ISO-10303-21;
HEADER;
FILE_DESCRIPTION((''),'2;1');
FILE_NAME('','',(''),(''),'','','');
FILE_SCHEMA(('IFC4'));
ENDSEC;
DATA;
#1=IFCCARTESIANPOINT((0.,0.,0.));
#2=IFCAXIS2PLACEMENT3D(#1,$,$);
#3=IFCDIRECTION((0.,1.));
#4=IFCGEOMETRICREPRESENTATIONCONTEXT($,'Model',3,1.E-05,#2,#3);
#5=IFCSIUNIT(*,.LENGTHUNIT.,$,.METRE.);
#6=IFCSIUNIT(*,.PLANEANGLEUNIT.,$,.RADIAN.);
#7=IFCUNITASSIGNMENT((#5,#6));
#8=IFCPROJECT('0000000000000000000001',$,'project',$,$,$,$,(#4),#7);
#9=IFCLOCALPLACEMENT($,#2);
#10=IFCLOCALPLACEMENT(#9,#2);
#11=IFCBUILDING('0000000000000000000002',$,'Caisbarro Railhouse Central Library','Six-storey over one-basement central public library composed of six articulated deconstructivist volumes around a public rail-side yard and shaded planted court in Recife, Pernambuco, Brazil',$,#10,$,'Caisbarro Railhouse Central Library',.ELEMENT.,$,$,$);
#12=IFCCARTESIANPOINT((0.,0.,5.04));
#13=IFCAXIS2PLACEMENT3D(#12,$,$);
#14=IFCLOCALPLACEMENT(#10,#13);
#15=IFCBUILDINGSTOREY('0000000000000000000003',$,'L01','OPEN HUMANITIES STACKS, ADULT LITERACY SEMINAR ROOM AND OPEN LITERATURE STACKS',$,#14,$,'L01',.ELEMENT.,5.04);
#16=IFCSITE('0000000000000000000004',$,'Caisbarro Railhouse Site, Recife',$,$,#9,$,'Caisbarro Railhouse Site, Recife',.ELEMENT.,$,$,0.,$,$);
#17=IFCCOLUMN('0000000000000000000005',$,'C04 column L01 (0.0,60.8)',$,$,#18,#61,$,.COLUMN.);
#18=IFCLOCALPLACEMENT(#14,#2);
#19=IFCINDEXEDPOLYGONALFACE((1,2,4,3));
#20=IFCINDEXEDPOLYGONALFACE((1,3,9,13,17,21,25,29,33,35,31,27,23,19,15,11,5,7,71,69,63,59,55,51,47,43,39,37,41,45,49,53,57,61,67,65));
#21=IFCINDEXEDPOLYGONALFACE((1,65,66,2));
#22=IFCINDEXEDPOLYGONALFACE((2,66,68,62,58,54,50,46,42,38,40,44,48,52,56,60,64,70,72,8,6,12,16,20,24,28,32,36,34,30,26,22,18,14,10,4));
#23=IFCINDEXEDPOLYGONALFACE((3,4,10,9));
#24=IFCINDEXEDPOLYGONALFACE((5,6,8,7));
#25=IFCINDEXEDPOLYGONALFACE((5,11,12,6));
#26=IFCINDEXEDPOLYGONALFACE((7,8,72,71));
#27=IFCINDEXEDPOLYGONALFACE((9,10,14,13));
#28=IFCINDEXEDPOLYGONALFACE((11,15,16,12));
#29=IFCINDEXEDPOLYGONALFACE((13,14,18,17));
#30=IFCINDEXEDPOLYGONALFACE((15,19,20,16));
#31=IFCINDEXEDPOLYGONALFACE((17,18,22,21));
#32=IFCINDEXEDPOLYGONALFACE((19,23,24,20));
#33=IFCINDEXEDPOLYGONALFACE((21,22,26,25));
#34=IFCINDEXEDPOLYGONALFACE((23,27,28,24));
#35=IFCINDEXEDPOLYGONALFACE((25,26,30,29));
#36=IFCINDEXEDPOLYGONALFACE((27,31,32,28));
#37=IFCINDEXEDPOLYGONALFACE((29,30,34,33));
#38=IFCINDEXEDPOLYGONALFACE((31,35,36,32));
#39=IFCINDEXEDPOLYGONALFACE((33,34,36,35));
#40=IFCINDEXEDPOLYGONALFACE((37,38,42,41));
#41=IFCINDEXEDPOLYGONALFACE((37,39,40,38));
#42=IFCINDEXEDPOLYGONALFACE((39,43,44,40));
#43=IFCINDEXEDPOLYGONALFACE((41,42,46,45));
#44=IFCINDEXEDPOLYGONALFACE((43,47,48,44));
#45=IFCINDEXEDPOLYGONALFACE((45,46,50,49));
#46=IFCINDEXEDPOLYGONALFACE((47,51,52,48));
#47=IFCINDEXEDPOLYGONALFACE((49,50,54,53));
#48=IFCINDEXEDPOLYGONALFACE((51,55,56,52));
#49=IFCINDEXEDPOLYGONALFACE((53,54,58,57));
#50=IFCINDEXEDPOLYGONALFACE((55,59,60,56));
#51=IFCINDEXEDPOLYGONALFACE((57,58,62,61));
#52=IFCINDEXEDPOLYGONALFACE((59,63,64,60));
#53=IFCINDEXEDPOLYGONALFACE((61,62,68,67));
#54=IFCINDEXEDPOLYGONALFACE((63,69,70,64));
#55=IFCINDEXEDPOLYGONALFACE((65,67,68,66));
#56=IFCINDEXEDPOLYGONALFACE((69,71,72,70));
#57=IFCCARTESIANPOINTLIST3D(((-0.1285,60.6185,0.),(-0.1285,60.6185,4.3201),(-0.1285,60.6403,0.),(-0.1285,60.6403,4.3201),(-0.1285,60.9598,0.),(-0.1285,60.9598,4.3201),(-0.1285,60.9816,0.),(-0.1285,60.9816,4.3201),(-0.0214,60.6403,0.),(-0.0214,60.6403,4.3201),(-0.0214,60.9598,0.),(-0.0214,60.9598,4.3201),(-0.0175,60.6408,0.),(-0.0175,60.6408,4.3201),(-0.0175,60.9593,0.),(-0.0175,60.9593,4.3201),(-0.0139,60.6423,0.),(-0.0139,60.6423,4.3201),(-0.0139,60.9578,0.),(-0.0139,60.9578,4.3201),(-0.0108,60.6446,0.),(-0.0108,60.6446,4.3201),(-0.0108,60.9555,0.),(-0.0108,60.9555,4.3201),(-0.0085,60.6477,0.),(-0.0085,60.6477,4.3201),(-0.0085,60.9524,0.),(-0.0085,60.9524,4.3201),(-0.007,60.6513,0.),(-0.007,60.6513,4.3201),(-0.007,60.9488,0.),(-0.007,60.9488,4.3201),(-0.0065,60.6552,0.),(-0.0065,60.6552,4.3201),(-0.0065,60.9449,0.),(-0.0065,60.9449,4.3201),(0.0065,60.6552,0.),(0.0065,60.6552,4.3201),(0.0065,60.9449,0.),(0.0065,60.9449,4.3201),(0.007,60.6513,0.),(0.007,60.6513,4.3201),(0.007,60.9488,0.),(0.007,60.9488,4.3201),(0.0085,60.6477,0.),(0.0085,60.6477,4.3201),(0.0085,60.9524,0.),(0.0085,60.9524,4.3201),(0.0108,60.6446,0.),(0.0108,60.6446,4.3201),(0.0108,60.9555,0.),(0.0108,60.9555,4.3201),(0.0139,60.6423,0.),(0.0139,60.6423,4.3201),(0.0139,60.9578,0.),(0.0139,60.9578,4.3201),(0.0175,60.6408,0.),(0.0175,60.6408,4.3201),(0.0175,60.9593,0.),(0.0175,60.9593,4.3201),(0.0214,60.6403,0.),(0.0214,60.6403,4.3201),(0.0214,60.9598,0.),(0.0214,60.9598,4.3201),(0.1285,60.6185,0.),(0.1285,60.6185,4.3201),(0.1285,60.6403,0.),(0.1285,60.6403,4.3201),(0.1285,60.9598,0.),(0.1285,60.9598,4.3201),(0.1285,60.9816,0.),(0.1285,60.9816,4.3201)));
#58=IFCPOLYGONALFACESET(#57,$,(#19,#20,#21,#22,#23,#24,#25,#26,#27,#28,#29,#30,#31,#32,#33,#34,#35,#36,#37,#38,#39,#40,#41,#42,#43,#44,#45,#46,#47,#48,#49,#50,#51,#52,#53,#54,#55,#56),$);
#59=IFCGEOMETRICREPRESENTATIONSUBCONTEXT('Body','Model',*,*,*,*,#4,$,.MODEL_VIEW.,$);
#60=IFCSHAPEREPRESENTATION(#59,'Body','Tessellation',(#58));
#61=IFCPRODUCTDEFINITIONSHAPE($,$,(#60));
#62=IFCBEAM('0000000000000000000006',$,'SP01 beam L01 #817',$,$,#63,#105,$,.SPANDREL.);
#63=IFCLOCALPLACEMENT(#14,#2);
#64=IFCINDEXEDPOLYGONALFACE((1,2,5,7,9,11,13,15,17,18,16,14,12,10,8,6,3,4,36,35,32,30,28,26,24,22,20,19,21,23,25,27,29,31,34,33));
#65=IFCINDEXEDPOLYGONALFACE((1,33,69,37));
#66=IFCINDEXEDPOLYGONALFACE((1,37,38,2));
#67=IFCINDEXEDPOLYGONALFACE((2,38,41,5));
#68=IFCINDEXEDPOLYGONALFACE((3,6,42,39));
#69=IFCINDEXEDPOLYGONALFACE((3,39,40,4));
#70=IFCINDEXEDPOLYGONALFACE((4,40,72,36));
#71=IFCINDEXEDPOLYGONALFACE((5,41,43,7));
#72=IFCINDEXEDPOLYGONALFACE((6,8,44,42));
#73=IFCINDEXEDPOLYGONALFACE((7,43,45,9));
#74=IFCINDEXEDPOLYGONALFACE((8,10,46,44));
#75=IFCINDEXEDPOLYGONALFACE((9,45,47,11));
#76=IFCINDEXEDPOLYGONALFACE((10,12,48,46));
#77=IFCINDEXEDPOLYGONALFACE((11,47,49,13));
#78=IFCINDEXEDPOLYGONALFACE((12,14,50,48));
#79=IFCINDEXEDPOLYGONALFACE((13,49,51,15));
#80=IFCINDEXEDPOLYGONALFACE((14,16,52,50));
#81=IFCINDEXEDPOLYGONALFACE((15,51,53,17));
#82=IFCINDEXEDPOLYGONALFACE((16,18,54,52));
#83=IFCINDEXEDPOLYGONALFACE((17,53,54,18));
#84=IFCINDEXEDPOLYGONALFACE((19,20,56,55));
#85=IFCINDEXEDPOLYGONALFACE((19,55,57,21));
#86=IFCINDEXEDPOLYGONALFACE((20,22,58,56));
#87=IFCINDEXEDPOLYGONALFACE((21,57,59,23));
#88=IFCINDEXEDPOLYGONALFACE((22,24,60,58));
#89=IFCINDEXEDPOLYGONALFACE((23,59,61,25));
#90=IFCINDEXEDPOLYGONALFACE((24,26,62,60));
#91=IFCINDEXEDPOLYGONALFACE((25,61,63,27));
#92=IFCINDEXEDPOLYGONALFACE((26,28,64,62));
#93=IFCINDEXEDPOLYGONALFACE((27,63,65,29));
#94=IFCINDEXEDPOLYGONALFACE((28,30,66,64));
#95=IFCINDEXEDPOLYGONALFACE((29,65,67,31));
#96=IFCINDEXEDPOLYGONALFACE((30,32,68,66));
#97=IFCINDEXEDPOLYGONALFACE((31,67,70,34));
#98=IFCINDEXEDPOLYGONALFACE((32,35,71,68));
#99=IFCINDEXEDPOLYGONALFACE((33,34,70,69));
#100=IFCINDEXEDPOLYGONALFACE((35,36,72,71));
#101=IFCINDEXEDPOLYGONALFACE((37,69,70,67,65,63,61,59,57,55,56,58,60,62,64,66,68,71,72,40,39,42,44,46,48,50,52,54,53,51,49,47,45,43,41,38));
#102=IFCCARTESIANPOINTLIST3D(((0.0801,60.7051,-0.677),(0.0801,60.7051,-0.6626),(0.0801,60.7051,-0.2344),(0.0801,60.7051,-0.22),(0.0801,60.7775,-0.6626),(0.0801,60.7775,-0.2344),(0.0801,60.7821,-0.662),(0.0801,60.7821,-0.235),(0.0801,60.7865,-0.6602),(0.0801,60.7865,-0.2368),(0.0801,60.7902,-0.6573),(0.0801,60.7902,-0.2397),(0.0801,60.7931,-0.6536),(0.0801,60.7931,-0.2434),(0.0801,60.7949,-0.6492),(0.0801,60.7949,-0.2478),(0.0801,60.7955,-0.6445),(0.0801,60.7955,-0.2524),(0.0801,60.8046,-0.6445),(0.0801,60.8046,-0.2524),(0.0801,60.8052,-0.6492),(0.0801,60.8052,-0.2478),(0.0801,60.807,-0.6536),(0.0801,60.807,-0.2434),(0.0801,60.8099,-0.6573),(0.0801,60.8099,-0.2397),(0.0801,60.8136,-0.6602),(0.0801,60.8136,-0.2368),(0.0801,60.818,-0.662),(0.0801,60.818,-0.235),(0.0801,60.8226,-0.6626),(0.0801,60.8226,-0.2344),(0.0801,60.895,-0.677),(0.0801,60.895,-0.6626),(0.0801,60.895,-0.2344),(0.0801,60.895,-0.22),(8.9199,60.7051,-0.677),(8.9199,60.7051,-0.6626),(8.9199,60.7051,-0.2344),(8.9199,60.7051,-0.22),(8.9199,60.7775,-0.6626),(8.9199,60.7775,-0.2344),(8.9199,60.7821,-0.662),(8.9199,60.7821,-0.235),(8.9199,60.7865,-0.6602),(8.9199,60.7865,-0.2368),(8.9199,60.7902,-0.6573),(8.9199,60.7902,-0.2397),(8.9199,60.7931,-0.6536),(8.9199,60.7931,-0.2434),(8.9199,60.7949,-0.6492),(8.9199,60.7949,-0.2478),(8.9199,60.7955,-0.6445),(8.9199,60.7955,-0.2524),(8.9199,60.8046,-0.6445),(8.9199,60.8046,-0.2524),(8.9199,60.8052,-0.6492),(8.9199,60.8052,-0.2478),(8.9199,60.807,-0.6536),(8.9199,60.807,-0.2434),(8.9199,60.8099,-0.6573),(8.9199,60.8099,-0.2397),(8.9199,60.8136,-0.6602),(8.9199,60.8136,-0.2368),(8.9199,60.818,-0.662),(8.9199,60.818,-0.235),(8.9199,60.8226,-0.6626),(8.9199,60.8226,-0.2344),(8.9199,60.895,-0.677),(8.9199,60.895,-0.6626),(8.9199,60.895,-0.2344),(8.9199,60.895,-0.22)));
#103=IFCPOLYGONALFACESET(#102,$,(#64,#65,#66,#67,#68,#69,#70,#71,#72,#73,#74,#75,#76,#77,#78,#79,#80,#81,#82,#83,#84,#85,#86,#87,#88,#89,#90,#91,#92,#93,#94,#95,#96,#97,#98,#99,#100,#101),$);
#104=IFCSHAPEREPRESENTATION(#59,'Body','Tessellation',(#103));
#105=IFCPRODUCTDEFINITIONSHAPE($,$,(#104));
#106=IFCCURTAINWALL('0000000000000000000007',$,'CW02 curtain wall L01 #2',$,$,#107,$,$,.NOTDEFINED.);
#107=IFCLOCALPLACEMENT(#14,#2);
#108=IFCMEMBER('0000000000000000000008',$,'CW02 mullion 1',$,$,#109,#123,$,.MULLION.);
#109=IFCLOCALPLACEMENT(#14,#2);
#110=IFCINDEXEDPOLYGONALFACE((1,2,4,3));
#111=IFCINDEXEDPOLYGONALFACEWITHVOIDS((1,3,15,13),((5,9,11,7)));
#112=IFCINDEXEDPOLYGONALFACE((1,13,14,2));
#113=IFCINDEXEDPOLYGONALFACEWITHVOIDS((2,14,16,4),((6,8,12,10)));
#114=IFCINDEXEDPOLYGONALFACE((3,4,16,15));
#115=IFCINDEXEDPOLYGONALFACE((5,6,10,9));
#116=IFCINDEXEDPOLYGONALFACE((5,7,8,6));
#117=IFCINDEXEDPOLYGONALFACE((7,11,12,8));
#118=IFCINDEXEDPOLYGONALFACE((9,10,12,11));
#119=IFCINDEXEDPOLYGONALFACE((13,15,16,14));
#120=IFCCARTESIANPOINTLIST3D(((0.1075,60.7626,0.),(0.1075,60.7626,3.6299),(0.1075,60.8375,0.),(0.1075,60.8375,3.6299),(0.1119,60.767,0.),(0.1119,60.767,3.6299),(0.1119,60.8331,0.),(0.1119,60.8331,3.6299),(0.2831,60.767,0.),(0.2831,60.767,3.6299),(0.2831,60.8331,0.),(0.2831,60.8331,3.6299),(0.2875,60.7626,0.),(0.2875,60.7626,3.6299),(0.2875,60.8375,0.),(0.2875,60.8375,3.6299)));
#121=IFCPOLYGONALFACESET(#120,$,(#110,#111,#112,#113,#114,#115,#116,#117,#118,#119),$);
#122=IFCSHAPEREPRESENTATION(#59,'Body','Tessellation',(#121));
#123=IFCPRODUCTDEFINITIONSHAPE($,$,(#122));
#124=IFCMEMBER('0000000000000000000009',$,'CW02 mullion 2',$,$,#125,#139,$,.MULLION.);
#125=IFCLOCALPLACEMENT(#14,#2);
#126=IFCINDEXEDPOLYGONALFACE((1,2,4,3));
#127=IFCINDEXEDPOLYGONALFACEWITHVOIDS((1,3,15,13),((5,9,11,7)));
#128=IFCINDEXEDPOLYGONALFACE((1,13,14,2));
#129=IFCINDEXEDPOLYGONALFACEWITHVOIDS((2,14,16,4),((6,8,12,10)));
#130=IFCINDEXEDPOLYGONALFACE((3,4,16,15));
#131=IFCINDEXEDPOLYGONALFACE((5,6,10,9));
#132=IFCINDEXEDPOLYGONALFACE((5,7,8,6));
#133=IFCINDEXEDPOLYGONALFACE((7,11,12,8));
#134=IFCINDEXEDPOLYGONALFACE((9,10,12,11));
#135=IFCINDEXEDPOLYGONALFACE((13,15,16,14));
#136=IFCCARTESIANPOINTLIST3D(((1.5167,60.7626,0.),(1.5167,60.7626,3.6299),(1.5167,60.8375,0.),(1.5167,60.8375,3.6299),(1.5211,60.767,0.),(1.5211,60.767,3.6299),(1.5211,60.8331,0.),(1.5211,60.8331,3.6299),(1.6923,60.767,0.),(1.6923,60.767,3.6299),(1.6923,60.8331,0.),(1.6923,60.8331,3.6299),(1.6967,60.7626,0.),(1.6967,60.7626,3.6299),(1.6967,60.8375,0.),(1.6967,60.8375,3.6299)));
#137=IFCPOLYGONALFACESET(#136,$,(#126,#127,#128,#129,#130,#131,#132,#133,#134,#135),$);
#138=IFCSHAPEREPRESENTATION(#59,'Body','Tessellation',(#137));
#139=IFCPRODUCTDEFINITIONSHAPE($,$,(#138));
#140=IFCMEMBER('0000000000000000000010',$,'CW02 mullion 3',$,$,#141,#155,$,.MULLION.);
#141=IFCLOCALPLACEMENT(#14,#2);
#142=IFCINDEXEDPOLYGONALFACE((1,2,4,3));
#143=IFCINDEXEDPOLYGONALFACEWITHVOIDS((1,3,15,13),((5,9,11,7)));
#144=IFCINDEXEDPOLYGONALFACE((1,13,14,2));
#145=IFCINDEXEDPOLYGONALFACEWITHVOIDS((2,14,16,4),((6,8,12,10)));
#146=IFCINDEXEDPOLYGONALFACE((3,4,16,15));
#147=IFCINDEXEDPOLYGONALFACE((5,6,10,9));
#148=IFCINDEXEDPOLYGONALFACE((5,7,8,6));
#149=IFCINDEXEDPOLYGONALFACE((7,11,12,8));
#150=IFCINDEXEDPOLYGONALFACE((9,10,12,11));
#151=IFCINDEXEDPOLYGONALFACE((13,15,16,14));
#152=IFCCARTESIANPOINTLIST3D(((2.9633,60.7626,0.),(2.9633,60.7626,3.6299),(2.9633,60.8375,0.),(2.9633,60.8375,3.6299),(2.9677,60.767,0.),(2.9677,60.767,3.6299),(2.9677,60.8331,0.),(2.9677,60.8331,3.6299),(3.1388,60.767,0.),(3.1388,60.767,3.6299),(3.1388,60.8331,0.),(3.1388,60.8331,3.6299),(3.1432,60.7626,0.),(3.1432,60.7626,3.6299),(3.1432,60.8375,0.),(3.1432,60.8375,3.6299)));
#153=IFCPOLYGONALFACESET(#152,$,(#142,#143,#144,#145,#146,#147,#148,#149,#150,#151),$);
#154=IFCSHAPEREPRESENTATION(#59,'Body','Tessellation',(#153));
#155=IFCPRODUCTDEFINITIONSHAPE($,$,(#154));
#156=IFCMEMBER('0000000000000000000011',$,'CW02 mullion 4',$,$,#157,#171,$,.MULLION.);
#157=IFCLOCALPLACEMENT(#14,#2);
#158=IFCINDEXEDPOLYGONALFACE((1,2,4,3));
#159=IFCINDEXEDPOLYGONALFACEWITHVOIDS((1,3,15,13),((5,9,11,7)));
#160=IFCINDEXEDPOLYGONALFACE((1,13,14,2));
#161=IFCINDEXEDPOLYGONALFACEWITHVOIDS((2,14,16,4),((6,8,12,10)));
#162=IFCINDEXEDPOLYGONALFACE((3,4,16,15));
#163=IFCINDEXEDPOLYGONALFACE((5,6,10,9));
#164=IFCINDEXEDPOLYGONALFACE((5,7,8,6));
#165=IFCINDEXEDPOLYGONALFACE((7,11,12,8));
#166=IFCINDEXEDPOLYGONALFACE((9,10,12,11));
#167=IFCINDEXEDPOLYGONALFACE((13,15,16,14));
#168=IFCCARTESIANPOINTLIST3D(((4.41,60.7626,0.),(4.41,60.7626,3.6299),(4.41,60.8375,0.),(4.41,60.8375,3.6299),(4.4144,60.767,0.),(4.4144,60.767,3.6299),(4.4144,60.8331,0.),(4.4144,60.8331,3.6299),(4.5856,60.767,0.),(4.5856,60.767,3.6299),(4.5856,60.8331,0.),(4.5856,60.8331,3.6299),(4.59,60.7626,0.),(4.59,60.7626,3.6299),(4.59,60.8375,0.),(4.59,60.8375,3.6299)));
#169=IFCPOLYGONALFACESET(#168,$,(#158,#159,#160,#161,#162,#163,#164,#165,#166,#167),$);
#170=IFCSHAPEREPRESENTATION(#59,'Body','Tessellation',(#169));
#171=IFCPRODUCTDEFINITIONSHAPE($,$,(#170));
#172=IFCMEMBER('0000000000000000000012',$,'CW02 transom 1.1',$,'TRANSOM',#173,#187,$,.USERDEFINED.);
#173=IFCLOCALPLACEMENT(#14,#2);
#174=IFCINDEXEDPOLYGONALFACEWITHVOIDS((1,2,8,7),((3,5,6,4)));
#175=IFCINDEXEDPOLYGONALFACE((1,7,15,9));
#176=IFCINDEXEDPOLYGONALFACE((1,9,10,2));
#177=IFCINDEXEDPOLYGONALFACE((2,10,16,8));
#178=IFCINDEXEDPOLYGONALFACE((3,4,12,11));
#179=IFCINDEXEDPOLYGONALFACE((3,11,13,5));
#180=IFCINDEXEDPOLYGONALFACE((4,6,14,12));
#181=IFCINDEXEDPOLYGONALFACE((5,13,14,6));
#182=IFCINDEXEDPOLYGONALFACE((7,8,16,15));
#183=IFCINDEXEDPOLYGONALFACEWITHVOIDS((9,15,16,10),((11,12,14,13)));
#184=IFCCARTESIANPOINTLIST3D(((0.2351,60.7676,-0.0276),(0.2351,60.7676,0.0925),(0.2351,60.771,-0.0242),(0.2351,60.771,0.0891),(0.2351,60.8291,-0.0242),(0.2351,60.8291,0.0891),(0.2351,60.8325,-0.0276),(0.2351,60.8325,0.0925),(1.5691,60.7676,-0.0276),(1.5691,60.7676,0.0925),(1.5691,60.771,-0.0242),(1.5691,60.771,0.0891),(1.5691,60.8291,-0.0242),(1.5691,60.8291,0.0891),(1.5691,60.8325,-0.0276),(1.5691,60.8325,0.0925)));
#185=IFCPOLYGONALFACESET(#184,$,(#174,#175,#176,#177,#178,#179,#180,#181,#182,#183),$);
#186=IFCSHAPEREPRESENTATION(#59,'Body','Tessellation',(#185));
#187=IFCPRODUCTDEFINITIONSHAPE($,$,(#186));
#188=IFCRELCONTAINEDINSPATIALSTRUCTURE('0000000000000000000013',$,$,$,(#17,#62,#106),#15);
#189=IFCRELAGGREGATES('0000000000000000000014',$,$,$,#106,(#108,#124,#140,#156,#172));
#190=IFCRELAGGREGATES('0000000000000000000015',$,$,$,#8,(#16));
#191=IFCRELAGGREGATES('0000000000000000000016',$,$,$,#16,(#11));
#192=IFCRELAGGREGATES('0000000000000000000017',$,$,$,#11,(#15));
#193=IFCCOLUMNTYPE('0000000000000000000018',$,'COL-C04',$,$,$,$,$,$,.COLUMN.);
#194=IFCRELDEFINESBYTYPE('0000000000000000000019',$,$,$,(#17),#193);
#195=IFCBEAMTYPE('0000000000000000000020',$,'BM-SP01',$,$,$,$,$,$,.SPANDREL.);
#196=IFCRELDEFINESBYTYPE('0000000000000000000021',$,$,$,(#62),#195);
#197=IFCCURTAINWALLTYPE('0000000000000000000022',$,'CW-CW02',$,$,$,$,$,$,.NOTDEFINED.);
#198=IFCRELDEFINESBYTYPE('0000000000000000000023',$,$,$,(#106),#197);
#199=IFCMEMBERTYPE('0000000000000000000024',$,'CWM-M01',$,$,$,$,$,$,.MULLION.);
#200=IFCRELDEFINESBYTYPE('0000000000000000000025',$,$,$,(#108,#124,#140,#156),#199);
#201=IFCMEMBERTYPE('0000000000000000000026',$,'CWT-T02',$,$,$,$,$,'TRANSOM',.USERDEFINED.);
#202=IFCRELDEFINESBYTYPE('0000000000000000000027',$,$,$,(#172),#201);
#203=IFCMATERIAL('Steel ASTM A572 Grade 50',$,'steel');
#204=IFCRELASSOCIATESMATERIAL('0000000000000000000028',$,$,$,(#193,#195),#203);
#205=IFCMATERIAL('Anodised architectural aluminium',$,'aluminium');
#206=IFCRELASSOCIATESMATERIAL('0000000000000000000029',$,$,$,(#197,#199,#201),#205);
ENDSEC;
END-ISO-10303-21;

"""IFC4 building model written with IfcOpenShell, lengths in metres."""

from ifc_helpers import new_model, si_unit, direction, frame, origin, origin_2d, place, context, subcontext, project, spatial, hollow_rectangle, i_section, extrude, material, material_profile, profile_set, type_object, element, aggregate, save


model = new_model("IFC4")

# Units and contexts
model_context = context("Model", 3, precision=1e-05, world=origin(), true_north=direction((0.0, 1.0)))
body_context = subcontext(model_context, "Body", "Model", "MODEL_VIEW")
ifc_project = project(units=[si_unit("LENGTHUNIT", "METRE"), si_unit("PLANEANGLEUNIT", "RADIAN")], contexts=[model_context])

# Site, building, storey
site_placement = place(None, origin())
site = spatial("IfcSite", under=ifc_project, at=site_placement, Name="Caisbarro Railhouse Site, Recife", LongName="Caisbarro Railhouse Site, Recife", CompositionType="ELEMENT", RefElevation=0.0)
building_placement = place(site_placement, origin())
building = spatial("IfcBuilding", under=site, at=building_placement, Name="Caisbarro Railhouse Central Library", Description="Six-storey over one-basement central public library composed of six articulated deconstructivist volumes around a public rail-side yard and shaded planted court in Recife, Pernambuco, Brazil", LongName="Caisbarro Railhouse Central Library", CompositionType="ELEMENT")
storey_placement = place(building_placement, frame((0.0, 0.0, 5.04)))
storey = spatial("IfcBuildingStorey", under=building, at=storey_placement, Name="L01", Description="OPEN HUMANITIES STACKS, ADULT LITERACY SEMINAR ROOM AND OPEN LITERATURE STACKS", LongName="L01", CompositionType="ELEMENT", Elevation=5.04)

# Column
ifc_material_1 = material(Name="Steel ASTM A572 Grade 50", Category="steel")
ifc_material_profile_1 = material_profile(ifc_material_1, i_section(OverallWidth=0.2571, OverallDepth=0.363, WebThickness=0.0129, FlangeThickness=0.0217, FilletRadius=0.0149, at=origin_2d()), Name="W360X122.0")
ifc_profile_set_1 = profile_set([ifc_material_profile_1], Name="Steel ASTM A572 Grade 50")
column_type = type_object("IfcColumnType", Name="COL-C04", PredefinedType="COLUMN", material=ifc_profile_set_1)
column_placement = place(storey_placement, frame((0.0, 60.8, 0.0), z_axis=(0.0, 0.0, 1.0), x_axis=(1.0, 0.0, 0.0)))
element("IfcColumn", 1, at=column_placement, inside=storey, type_object=column_type, Name="C04 column L01 (0.0,60.8)", PredefinedType="COLUMN", context=body_context, shape_type="SweptSolid", body=[
    extrude(i_section(OverallWidth=0.2571, OverallDepth=0.363, WebThickness=0.0129, FlangeThickness=0.0217, FilletRadius=0.0149, at=origin_2d()), origin(), (0.0, 0.0, 1.0), 4.3201),
])

# Beam
ifc_material_profile_2 = material_profile(ifc_material_1, i_section(OverallWidth=0.1899, OverallDepth=0.457, WebThickness=0.009, FlangeThickness=0.0144, FilletRadius=0.0181, at=origin_2d()), Name="W460X74.0")
ifc_profile_set_2 = profile_set([ifc_material_profile_2], Name="Steel ASTM A572 Grade 50")
beam_type = type_object("IfcBeamType", Name="BM-SP01", PredefinedType="SPANDREL", material=ifc_profile_set_2)
beam_placement = place(storey_placement, frame((0.0801, 60.8, -0.4485), z_axis=(1.0, 0.0, 0.0), x_axis=(0.0, 1.0, 0.0)))
element("IfcBeam", 2, at=beam_placement, inside=storey, type_object=beam_type, Name="SP01 beam L01 #817", PredefinedType="SPANDREL", context=body_context, shape_type="SweptSolid", body=[
    extrude(i_section(OverallWidth=0.1899, OverallDepth=0.457, WebThickness=0.009, FlangeThickness=0.0144, FilletRadius=0.0181, at=origin_2d()), origin(), (0.0, 0.0, 1.0), 8.8398),
])

# Curtain wall, members
ifc_material_2 = material(Name="Anodised architectural aluminium", Category="aluminium")
curtain_wall_type = type_object("IfcCurtainWallType", Name="CW-CW02", PredefinedType="NOTDEFINED", material=ifc_material_2)
curtain_wall_placement = place(storey_placement, origin())
curtain_wall = element("IfcCurtainWall", 3, at=curtain_wall_placement, inside=storey, type_object=curtain_wall_type, Name="CW02 curtain wall L01 #2", PredefinedType="NOTDEFINED")
ifc_material_profile_3 = material_profile(ifc_material_2, hollow_rectangle(XDim=0.075, YDim=0.1799, WallThickness=0.0044, at=origin_2d()), Name="ALU-MUL-75X180")
ifc_profile_set_3 = profile_set([ifc_material_profile_3], Name="Anodised architectural aluminium")
member_type_1 = type_object("IfcMemberType", Name="CWM-M01", PredefinedType="MULLION", material=ifc_profile_set_3)
member_1_placement = place(storey_placement, frame((0.1975, 60.8, 0.0), z_axis=(0.0, 0.0, 1.0), x_axis=(0.0, 1.0, 0.0)))
member_1 = element("IfcMember", 4, at=member_1_placement, type_object=member_type_1, Name="CW02 mullion 1", PredefinedType="MULLION", context=body_context, shape_type="SweptSolid", body=[
    extrude(hollow_rectangle(XDim=0.075, YDim=0.1799, WallThickness=0.0044, at=origin_2d()), origin(), (0.0, 0.0, 1.0), 3.6299),
])
member_2_placement = place(storey_placement, frame((1.6067, 60.8, 0.0), z_axis=(0.0, 0.0, 1.0), x_axis=(0.0, 1.0, 0.0)))
member_2 = element("IfcMember", 5, at=member_2_placement, type_object=member_type_1, Name="CW02 mullion 2", PredefinedType="MULLION", context=body_context, shape_type="SweptSolid", body=[
    extrude(hollow_rectangle(XDim=0.075, YDim=0.1799, WallThickness=0.0044, at=origin_2d()), origin(), (0.0, 0.0, 1.0), 3.6299),
])
member_3_placement = place(storey_placement, frame((3.0532, 60.8, 0.0), z_axis=(0.0, 0.0, 1.0), x_axis=(0.0, 1.0, 0.0)))
member_3 = element("IfcMember", 6, at=member_3_placement, type_object=member_type_1, Name="CW02 mullion 3", PredefinedType="MULLION", context=body_context, shape_type="SweptSolid", body=[
    extrude(hollow_rectangle(XDim=0.075, YDim=0.1799, WallThickness=0.0044, at=origin_2d()), origin(), (0.0, 0.0, 1.0), 3.6299),
])
member_4_placement = place(storey_placement, frame((4.5, 60.8, 0.0), z_axis=(0.0, 0.0, 1.0), x_axis=(0.0, 1.0, 0.0)))
member_4 = element("IfcMember", 7, at=member_4_placement, type_object=member_type_1, Name="CW02 mullion 4", PredefinedType="MULLION", context=body_context, shape_type="SweptSolid", body=[
    extrude(hollow_rectangle(XDim=0.075, YDim=0.1799, WallThickness=0.0044, at=origin_2d()), origin(), (0.0, 0.0, 1.0), 3.6299),
])
ifc_material_profile_4 = material_profile(ifc_material_2, hollow_rectangle(XDim=0.0649, YDim=0.1201, WallThickness=0.0034, at=origin_2d()), Name="ALU-TRN-65X120")
ifc_profile_set_4 = profile_set([ifc_material_profile_4], Name="Anodised architectural aluminium")
member_type_2 = type_object("IfcMemberType", Name="CWT-T02", ElementType="TRANSOM", PredefinedType="USERDEFINED", material=ifc_profile_set_4)
member_5_placement = place(storey_placement, frame((0.2351, 60.8, 0.0325), z_axis=(1.0, 0.0, 0.0), x_axis=(0.0, 1.0, 0.0)))
member_5 = element("IfcMember", 8, at=member_5_placement, type_object=member_type_2, Name="CW02 transom 1.1", ObjectType="TRANSOM", PredefinedType="USERDEFINED", context=body_context, shape_type="SweptSolid", body=[
    extrude(hollow_rectangle(XDim=0.0649, YDim=0.1201, WallThickness=0.0034, at=origin_2d()), origin(), (0.0, 0.0, 1.0), 1.334),
])
aggregate(curtain_wall, [member_1, member_2, member_3, member_4, member_5])

save(model, "model.ifc")
